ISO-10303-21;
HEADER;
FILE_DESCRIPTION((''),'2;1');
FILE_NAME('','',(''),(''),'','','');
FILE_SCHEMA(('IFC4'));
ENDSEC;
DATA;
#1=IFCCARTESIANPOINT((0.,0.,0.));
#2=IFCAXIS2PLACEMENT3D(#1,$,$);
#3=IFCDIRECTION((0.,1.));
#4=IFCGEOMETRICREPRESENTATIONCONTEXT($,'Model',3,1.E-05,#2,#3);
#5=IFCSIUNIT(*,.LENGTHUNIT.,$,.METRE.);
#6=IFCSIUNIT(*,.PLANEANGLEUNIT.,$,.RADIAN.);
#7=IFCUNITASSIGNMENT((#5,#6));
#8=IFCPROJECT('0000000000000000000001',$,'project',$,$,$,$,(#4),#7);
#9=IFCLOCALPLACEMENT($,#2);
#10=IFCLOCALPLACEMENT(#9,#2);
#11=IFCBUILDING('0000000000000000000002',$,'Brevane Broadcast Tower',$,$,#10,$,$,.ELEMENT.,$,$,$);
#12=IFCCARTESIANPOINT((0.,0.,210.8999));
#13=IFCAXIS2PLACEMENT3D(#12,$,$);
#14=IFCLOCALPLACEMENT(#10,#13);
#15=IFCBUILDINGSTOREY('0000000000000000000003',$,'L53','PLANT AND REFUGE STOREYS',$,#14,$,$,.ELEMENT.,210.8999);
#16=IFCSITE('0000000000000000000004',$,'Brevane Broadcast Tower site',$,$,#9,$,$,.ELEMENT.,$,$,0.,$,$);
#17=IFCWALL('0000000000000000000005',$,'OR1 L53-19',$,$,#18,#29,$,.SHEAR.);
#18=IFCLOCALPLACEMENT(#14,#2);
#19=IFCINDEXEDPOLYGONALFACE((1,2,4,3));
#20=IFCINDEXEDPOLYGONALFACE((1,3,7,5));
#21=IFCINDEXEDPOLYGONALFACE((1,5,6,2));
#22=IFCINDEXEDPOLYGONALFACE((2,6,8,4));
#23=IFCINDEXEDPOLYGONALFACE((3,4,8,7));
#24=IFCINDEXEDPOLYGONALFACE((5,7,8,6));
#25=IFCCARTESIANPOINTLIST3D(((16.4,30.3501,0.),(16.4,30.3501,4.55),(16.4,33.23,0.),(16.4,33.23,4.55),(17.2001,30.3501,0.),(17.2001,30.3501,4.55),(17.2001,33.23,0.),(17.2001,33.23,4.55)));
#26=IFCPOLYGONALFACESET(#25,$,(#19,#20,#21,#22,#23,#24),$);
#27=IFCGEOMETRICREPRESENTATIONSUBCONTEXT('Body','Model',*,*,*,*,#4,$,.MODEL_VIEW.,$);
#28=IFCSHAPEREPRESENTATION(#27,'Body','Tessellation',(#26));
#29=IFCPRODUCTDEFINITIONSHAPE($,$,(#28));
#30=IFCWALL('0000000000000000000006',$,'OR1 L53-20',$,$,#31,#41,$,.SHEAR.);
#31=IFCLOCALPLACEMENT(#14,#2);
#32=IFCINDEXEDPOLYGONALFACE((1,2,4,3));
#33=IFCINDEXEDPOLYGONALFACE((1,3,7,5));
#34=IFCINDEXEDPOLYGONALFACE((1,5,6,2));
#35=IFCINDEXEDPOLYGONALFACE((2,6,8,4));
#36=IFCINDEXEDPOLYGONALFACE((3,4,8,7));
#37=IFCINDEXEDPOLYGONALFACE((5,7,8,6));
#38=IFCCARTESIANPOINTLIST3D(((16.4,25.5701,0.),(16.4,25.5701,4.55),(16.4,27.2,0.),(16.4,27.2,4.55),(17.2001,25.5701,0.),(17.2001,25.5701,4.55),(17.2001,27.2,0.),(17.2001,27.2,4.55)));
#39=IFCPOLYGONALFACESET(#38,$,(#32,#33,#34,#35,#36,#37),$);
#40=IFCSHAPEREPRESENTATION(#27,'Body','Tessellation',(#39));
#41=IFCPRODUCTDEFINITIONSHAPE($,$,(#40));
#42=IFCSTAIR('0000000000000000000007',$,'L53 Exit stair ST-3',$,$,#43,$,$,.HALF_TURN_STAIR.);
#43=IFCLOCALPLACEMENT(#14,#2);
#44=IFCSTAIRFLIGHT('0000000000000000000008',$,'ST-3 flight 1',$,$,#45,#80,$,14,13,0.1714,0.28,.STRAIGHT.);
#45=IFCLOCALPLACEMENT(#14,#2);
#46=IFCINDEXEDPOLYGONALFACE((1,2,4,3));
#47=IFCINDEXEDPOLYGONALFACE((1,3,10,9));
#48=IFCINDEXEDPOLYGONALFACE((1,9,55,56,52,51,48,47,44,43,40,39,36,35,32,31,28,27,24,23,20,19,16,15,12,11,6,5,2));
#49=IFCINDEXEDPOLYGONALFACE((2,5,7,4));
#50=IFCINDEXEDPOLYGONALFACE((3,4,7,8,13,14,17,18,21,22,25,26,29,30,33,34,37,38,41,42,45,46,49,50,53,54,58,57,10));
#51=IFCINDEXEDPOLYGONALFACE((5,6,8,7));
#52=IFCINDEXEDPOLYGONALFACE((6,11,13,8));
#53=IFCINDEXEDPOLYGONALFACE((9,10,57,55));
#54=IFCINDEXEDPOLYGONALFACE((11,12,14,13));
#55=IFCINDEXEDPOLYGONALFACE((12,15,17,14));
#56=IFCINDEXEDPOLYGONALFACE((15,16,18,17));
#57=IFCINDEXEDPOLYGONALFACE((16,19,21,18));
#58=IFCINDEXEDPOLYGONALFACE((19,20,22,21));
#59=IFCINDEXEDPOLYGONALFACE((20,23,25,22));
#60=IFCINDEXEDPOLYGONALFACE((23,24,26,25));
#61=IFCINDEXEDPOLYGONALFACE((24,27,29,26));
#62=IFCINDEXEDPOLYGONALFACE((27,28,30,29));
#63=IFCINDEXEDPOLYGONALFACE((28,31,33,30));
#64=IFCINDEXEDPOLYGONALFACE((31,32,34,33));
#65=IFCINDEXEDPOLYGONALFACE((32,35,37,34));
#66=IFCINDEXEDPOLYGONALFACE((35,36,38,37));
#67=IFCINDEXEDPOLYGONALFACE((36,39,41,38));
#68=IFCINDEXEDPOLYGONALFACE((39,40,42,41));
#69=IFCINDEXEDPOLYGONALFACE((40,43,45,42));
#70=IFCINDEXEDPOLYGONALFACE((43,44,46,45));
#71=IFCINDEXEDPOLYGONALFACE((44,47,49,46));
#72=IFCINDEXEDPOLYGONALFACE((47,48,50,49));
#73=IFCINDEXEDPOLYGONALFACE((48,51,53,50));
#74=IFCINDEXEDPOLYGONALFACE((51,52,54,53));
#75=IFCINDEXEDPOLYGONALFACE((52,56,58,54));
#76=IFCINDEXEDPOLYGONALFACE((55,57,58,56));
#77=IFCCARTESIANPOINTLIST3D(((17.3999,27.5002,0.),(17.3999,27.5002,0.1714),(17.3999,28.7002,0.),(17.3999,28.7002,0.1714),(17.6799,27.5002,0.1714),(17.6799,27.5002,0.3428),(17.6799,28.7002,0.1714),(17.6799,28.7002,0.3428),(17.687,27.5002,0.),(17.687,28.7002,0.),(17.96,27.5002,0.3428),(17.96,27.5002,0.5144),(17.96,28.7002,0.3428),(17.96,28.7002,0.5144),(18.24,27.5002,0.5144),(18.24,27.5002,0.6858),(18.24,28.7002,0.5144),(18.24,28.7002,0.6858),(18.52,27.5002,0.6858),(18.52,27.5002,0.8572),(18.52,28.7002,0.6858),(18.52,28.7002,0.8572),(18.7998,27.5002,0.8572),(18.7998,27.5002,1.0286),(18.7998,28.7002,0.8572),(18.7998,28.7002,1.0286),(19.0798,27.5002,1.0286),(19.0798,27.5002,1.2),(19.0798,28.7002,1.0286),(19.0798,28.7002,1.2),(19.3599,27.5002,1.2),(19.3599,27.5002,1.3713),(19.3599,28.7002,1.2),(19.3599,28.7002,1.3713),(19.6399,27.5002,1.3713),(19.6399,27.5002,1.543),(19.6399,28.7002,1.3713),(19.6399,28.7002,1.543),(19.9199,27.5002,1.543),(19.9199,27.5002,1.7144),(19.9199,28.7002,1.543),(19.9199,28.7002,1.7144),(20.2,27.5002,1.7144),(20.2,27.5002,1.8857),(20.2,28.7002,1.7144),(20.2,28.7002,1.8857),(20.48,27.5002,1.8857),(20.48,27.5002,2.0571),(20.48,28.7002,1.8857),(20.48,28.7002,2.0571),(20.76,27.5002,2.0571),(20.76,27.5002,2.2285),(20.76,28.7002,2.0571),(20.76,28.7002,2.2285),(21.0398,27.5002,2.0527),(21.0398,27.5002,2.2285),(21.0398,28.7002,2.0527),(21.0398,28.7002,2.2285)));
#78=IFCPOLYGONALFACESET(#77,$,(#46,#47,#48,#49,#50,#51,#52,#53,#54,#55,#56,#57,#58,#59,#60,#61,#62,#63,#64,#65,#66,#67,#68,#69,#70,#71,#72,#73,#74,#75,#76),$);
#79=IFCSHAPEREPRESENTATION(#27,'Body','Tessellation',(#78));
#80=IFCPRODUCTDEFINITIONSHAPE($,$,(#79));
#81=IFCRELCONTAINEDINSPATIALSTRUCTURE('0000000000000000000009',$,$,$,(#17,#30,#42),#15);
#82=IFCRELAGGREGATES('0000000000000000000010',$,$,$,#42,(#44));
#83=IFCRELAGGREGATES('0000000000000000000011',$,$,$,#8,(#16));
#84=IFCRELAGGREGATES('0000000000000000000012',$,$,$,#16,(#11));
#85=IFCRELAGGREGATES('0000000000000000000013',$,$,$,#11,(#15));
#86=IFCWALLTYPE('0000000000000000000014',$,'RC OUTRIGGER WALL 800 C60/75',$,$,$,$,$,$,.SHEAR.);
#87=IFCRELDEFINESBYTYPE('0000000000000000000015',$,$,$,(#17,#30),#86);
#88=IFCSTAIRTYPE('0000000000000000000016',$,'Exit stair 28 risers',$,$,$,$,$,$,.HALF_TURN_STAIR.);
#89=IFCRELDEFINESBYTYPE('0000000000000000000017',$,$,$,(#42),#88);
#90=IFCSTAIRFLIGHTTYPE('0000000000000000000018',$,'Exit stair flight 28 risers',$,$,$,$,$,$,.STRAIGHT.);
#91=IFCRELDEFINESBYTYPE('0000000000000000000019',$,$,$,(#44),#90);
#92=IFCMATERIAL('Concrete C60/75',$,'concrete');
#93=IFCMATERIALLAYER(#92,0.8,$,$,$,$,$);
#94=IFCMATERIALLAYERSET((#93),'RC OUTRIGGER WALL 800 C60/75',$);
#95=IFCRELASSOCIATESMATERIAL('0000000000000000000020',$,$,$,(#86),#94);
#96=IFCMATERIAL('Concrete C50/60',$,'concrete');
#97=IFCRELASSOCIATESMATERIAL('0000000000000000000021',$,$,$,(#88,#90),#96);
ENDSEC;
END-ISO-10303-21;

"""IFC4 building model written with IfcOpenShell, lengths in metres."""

from ifc_helpers import new_model, si_unit, direction, frame, frame_2d, origin, place, context, subcontext, project, spatial, polyline, rectangle, outline, extrude, material, layer, layer_set, type_object, element, aggregate, save


model = new_model("IFC4")

# Units and contexts
model_context = context("Model", 3, precision=1e-05, world=origin(), true_north=direction((0.0, 1.0)))
body_context = subcontext(model_context, "Body", "Model", "MODEL_VIEW")
ifc_project = project(units=[si_unit("LENGTHUNIT", "METRE"), si_unit("PLANEANGLEUNIT", "RADIAN")], contexts=[model_context])

# Site, building, storey
site_placement = place(None, origin())
site = spatial("IfcSite", under=ifc_project, at=site_placement, Name="Brevane Broadcast Tower site", CompositionType="ELEMENT", RefElevation=0.0)
building_placement = place(site_placement, origin())
building = spatial("IfcBuilding", under=site, at=building_placement, Name="Brevane Broadcast Tower", CompositionType="ELEMENT")
storey_placement = place(building_placement, frame((0.0, 0.0, 210.8999)))
storey = spatial("IfcBuildingStorey", under=building, at=storey_placement, Name="L53", Description="PLANT AND REFUGE STOREYS", CompositionType="ELEMENT", Elevation=210.8999)

# Shared definitions
ifc_material_1 = material(Name="Concrete C50/60", Category="concrete")

# Walls
ifc_material_2 = material(Name="Concrete C60/75", Category="concrete")
ifc_layer_1 = layer(ifc_material_2, 0.8)
ifc_layer_set_1 = layer_set([ifc_layer_1], Name="RC OUTRIGGER WALL 800 C60/75")
wall_type_1 = type_object("IfcWallType", Name="RC OUTRIGGER WALL 800 C60/75", PredefinedType="SHEAR", material=ifc_layer_set_1)
wall_1_placement = place(storey_placement, frame((16.8, 30.3501, 0.0), z_axis=(0.0, 0.0, 1.0), x_axis=(0.0, 1.0, 0.0)))
element("IfcWall", 1, at=wall_1_placement, inside=storey, type_object=wall_type_1, Name="OR1 L53-19", PredefinedType="SHEAR", context=body_context, shape_type="SweptSolid", body=[
    extrude(rectangle(XDim=2.8799, YDim=0.8, at=frame_2d((1.4399, 0.0))), origin(), (0.0, 0.0, 1.0), 4.55),
])
wall_2_placement = place(storey_placement, frame((16.8, 25.5701, 0.0), z_axis=(0.0, 0.0, 1.0), x_axis=(0.0, 1.0, 0.0)))
element("IfcWall", 2, at=wall_2_placement, inside=storey, type_object=wall_type_1, Name="OR1 L53-20", PredefinedType="SHEAR", context=body_context, shape_type="SweptSolid", body=[
    extrude(rectangle(XDim=1.6299, YDim=0.8, at=frame_2d((0.8149, 0.0))), origin(), (0.0, 0.0, 1.0), 4.55),
])

# Stair, stair flight
stair_type = type_object("IfcStairType", Name="Exit stair 28 risers", PredefinedType="HALF_TURN_STAIR", material=ifc_material_1)
stair_placement = place(storey_placement, origin())
stair = element("IfcStair", 3, at=stair_placement, inside=storey, type_object=stair_type, Name="L53 Exit stair ST-3", PredefinedType="HALF_TURN_STAIR")
stair_flight_type = type_object("IfcStairFlightType", Name="Exit stair flight 28 risers", PredefinedType="STRAIGHT", material=ifc_material_1)
stair_flight_placement = place(storey_placement, frame((17.3999, 28.1001, 0.0), z_axis=(0.0, 0.0, 1.0), x_axis=(1.0, 0.0, 0.0)))
stair_flight = element("IfcStairFlight", 4, at=stair_flight_placement, type_object=stair_flight_type, Name="ST-3 flight 1", NumberOfRisers=14, NumberOfTreads=13, PredefinedType="STRAIGHT", RiserHeight=0.1714, TreadLength=0.28, context=body_context, shape_type="SweptSolid", body=[
    extrude(outline(polyline([(0.0, 0.0), (0.0, 0.1714), (0.28, 0.1714), (0.28, 0.3428), (0.5601, 0.3428), (0.5601, 0.5144), (0.8401, 0.5144), (0.8401, 0.6858), (1.1201, 0.6858), (1.1201, 0.8572), (1.3999, 0.8572), (1.3999, 1.0286), (1.6799, 1.0286), (1.6799, 1.2), (1.96, 1.2), (1.96, 1.3713), (2.24, 1.3713), (2.24, 1.543), (2.52, 1.543), (2.52, 1.7144), (2.8, 1.7144), (2.8, 1.8857), (3.0801, 1.8857), (3.0801, 2.0571), (3.3601, 2.0571), (3.3601, 2.2285), (3.6399, 2.2285), (3.6399, 2.3999), (3.6399, 2.0527), (0.2871, 0.0), (0.0, 0.0)])), frame((0.0, 0.6001, 0.0), z_axis=(0.0, -1.0, 0.0), x_axis=(1.0, 0.0, 0.0)), (0.0, 0.0, 1.0), 1.2),
])
aggregate(stair, [stair_flight])

save(model, "model.ifc")
